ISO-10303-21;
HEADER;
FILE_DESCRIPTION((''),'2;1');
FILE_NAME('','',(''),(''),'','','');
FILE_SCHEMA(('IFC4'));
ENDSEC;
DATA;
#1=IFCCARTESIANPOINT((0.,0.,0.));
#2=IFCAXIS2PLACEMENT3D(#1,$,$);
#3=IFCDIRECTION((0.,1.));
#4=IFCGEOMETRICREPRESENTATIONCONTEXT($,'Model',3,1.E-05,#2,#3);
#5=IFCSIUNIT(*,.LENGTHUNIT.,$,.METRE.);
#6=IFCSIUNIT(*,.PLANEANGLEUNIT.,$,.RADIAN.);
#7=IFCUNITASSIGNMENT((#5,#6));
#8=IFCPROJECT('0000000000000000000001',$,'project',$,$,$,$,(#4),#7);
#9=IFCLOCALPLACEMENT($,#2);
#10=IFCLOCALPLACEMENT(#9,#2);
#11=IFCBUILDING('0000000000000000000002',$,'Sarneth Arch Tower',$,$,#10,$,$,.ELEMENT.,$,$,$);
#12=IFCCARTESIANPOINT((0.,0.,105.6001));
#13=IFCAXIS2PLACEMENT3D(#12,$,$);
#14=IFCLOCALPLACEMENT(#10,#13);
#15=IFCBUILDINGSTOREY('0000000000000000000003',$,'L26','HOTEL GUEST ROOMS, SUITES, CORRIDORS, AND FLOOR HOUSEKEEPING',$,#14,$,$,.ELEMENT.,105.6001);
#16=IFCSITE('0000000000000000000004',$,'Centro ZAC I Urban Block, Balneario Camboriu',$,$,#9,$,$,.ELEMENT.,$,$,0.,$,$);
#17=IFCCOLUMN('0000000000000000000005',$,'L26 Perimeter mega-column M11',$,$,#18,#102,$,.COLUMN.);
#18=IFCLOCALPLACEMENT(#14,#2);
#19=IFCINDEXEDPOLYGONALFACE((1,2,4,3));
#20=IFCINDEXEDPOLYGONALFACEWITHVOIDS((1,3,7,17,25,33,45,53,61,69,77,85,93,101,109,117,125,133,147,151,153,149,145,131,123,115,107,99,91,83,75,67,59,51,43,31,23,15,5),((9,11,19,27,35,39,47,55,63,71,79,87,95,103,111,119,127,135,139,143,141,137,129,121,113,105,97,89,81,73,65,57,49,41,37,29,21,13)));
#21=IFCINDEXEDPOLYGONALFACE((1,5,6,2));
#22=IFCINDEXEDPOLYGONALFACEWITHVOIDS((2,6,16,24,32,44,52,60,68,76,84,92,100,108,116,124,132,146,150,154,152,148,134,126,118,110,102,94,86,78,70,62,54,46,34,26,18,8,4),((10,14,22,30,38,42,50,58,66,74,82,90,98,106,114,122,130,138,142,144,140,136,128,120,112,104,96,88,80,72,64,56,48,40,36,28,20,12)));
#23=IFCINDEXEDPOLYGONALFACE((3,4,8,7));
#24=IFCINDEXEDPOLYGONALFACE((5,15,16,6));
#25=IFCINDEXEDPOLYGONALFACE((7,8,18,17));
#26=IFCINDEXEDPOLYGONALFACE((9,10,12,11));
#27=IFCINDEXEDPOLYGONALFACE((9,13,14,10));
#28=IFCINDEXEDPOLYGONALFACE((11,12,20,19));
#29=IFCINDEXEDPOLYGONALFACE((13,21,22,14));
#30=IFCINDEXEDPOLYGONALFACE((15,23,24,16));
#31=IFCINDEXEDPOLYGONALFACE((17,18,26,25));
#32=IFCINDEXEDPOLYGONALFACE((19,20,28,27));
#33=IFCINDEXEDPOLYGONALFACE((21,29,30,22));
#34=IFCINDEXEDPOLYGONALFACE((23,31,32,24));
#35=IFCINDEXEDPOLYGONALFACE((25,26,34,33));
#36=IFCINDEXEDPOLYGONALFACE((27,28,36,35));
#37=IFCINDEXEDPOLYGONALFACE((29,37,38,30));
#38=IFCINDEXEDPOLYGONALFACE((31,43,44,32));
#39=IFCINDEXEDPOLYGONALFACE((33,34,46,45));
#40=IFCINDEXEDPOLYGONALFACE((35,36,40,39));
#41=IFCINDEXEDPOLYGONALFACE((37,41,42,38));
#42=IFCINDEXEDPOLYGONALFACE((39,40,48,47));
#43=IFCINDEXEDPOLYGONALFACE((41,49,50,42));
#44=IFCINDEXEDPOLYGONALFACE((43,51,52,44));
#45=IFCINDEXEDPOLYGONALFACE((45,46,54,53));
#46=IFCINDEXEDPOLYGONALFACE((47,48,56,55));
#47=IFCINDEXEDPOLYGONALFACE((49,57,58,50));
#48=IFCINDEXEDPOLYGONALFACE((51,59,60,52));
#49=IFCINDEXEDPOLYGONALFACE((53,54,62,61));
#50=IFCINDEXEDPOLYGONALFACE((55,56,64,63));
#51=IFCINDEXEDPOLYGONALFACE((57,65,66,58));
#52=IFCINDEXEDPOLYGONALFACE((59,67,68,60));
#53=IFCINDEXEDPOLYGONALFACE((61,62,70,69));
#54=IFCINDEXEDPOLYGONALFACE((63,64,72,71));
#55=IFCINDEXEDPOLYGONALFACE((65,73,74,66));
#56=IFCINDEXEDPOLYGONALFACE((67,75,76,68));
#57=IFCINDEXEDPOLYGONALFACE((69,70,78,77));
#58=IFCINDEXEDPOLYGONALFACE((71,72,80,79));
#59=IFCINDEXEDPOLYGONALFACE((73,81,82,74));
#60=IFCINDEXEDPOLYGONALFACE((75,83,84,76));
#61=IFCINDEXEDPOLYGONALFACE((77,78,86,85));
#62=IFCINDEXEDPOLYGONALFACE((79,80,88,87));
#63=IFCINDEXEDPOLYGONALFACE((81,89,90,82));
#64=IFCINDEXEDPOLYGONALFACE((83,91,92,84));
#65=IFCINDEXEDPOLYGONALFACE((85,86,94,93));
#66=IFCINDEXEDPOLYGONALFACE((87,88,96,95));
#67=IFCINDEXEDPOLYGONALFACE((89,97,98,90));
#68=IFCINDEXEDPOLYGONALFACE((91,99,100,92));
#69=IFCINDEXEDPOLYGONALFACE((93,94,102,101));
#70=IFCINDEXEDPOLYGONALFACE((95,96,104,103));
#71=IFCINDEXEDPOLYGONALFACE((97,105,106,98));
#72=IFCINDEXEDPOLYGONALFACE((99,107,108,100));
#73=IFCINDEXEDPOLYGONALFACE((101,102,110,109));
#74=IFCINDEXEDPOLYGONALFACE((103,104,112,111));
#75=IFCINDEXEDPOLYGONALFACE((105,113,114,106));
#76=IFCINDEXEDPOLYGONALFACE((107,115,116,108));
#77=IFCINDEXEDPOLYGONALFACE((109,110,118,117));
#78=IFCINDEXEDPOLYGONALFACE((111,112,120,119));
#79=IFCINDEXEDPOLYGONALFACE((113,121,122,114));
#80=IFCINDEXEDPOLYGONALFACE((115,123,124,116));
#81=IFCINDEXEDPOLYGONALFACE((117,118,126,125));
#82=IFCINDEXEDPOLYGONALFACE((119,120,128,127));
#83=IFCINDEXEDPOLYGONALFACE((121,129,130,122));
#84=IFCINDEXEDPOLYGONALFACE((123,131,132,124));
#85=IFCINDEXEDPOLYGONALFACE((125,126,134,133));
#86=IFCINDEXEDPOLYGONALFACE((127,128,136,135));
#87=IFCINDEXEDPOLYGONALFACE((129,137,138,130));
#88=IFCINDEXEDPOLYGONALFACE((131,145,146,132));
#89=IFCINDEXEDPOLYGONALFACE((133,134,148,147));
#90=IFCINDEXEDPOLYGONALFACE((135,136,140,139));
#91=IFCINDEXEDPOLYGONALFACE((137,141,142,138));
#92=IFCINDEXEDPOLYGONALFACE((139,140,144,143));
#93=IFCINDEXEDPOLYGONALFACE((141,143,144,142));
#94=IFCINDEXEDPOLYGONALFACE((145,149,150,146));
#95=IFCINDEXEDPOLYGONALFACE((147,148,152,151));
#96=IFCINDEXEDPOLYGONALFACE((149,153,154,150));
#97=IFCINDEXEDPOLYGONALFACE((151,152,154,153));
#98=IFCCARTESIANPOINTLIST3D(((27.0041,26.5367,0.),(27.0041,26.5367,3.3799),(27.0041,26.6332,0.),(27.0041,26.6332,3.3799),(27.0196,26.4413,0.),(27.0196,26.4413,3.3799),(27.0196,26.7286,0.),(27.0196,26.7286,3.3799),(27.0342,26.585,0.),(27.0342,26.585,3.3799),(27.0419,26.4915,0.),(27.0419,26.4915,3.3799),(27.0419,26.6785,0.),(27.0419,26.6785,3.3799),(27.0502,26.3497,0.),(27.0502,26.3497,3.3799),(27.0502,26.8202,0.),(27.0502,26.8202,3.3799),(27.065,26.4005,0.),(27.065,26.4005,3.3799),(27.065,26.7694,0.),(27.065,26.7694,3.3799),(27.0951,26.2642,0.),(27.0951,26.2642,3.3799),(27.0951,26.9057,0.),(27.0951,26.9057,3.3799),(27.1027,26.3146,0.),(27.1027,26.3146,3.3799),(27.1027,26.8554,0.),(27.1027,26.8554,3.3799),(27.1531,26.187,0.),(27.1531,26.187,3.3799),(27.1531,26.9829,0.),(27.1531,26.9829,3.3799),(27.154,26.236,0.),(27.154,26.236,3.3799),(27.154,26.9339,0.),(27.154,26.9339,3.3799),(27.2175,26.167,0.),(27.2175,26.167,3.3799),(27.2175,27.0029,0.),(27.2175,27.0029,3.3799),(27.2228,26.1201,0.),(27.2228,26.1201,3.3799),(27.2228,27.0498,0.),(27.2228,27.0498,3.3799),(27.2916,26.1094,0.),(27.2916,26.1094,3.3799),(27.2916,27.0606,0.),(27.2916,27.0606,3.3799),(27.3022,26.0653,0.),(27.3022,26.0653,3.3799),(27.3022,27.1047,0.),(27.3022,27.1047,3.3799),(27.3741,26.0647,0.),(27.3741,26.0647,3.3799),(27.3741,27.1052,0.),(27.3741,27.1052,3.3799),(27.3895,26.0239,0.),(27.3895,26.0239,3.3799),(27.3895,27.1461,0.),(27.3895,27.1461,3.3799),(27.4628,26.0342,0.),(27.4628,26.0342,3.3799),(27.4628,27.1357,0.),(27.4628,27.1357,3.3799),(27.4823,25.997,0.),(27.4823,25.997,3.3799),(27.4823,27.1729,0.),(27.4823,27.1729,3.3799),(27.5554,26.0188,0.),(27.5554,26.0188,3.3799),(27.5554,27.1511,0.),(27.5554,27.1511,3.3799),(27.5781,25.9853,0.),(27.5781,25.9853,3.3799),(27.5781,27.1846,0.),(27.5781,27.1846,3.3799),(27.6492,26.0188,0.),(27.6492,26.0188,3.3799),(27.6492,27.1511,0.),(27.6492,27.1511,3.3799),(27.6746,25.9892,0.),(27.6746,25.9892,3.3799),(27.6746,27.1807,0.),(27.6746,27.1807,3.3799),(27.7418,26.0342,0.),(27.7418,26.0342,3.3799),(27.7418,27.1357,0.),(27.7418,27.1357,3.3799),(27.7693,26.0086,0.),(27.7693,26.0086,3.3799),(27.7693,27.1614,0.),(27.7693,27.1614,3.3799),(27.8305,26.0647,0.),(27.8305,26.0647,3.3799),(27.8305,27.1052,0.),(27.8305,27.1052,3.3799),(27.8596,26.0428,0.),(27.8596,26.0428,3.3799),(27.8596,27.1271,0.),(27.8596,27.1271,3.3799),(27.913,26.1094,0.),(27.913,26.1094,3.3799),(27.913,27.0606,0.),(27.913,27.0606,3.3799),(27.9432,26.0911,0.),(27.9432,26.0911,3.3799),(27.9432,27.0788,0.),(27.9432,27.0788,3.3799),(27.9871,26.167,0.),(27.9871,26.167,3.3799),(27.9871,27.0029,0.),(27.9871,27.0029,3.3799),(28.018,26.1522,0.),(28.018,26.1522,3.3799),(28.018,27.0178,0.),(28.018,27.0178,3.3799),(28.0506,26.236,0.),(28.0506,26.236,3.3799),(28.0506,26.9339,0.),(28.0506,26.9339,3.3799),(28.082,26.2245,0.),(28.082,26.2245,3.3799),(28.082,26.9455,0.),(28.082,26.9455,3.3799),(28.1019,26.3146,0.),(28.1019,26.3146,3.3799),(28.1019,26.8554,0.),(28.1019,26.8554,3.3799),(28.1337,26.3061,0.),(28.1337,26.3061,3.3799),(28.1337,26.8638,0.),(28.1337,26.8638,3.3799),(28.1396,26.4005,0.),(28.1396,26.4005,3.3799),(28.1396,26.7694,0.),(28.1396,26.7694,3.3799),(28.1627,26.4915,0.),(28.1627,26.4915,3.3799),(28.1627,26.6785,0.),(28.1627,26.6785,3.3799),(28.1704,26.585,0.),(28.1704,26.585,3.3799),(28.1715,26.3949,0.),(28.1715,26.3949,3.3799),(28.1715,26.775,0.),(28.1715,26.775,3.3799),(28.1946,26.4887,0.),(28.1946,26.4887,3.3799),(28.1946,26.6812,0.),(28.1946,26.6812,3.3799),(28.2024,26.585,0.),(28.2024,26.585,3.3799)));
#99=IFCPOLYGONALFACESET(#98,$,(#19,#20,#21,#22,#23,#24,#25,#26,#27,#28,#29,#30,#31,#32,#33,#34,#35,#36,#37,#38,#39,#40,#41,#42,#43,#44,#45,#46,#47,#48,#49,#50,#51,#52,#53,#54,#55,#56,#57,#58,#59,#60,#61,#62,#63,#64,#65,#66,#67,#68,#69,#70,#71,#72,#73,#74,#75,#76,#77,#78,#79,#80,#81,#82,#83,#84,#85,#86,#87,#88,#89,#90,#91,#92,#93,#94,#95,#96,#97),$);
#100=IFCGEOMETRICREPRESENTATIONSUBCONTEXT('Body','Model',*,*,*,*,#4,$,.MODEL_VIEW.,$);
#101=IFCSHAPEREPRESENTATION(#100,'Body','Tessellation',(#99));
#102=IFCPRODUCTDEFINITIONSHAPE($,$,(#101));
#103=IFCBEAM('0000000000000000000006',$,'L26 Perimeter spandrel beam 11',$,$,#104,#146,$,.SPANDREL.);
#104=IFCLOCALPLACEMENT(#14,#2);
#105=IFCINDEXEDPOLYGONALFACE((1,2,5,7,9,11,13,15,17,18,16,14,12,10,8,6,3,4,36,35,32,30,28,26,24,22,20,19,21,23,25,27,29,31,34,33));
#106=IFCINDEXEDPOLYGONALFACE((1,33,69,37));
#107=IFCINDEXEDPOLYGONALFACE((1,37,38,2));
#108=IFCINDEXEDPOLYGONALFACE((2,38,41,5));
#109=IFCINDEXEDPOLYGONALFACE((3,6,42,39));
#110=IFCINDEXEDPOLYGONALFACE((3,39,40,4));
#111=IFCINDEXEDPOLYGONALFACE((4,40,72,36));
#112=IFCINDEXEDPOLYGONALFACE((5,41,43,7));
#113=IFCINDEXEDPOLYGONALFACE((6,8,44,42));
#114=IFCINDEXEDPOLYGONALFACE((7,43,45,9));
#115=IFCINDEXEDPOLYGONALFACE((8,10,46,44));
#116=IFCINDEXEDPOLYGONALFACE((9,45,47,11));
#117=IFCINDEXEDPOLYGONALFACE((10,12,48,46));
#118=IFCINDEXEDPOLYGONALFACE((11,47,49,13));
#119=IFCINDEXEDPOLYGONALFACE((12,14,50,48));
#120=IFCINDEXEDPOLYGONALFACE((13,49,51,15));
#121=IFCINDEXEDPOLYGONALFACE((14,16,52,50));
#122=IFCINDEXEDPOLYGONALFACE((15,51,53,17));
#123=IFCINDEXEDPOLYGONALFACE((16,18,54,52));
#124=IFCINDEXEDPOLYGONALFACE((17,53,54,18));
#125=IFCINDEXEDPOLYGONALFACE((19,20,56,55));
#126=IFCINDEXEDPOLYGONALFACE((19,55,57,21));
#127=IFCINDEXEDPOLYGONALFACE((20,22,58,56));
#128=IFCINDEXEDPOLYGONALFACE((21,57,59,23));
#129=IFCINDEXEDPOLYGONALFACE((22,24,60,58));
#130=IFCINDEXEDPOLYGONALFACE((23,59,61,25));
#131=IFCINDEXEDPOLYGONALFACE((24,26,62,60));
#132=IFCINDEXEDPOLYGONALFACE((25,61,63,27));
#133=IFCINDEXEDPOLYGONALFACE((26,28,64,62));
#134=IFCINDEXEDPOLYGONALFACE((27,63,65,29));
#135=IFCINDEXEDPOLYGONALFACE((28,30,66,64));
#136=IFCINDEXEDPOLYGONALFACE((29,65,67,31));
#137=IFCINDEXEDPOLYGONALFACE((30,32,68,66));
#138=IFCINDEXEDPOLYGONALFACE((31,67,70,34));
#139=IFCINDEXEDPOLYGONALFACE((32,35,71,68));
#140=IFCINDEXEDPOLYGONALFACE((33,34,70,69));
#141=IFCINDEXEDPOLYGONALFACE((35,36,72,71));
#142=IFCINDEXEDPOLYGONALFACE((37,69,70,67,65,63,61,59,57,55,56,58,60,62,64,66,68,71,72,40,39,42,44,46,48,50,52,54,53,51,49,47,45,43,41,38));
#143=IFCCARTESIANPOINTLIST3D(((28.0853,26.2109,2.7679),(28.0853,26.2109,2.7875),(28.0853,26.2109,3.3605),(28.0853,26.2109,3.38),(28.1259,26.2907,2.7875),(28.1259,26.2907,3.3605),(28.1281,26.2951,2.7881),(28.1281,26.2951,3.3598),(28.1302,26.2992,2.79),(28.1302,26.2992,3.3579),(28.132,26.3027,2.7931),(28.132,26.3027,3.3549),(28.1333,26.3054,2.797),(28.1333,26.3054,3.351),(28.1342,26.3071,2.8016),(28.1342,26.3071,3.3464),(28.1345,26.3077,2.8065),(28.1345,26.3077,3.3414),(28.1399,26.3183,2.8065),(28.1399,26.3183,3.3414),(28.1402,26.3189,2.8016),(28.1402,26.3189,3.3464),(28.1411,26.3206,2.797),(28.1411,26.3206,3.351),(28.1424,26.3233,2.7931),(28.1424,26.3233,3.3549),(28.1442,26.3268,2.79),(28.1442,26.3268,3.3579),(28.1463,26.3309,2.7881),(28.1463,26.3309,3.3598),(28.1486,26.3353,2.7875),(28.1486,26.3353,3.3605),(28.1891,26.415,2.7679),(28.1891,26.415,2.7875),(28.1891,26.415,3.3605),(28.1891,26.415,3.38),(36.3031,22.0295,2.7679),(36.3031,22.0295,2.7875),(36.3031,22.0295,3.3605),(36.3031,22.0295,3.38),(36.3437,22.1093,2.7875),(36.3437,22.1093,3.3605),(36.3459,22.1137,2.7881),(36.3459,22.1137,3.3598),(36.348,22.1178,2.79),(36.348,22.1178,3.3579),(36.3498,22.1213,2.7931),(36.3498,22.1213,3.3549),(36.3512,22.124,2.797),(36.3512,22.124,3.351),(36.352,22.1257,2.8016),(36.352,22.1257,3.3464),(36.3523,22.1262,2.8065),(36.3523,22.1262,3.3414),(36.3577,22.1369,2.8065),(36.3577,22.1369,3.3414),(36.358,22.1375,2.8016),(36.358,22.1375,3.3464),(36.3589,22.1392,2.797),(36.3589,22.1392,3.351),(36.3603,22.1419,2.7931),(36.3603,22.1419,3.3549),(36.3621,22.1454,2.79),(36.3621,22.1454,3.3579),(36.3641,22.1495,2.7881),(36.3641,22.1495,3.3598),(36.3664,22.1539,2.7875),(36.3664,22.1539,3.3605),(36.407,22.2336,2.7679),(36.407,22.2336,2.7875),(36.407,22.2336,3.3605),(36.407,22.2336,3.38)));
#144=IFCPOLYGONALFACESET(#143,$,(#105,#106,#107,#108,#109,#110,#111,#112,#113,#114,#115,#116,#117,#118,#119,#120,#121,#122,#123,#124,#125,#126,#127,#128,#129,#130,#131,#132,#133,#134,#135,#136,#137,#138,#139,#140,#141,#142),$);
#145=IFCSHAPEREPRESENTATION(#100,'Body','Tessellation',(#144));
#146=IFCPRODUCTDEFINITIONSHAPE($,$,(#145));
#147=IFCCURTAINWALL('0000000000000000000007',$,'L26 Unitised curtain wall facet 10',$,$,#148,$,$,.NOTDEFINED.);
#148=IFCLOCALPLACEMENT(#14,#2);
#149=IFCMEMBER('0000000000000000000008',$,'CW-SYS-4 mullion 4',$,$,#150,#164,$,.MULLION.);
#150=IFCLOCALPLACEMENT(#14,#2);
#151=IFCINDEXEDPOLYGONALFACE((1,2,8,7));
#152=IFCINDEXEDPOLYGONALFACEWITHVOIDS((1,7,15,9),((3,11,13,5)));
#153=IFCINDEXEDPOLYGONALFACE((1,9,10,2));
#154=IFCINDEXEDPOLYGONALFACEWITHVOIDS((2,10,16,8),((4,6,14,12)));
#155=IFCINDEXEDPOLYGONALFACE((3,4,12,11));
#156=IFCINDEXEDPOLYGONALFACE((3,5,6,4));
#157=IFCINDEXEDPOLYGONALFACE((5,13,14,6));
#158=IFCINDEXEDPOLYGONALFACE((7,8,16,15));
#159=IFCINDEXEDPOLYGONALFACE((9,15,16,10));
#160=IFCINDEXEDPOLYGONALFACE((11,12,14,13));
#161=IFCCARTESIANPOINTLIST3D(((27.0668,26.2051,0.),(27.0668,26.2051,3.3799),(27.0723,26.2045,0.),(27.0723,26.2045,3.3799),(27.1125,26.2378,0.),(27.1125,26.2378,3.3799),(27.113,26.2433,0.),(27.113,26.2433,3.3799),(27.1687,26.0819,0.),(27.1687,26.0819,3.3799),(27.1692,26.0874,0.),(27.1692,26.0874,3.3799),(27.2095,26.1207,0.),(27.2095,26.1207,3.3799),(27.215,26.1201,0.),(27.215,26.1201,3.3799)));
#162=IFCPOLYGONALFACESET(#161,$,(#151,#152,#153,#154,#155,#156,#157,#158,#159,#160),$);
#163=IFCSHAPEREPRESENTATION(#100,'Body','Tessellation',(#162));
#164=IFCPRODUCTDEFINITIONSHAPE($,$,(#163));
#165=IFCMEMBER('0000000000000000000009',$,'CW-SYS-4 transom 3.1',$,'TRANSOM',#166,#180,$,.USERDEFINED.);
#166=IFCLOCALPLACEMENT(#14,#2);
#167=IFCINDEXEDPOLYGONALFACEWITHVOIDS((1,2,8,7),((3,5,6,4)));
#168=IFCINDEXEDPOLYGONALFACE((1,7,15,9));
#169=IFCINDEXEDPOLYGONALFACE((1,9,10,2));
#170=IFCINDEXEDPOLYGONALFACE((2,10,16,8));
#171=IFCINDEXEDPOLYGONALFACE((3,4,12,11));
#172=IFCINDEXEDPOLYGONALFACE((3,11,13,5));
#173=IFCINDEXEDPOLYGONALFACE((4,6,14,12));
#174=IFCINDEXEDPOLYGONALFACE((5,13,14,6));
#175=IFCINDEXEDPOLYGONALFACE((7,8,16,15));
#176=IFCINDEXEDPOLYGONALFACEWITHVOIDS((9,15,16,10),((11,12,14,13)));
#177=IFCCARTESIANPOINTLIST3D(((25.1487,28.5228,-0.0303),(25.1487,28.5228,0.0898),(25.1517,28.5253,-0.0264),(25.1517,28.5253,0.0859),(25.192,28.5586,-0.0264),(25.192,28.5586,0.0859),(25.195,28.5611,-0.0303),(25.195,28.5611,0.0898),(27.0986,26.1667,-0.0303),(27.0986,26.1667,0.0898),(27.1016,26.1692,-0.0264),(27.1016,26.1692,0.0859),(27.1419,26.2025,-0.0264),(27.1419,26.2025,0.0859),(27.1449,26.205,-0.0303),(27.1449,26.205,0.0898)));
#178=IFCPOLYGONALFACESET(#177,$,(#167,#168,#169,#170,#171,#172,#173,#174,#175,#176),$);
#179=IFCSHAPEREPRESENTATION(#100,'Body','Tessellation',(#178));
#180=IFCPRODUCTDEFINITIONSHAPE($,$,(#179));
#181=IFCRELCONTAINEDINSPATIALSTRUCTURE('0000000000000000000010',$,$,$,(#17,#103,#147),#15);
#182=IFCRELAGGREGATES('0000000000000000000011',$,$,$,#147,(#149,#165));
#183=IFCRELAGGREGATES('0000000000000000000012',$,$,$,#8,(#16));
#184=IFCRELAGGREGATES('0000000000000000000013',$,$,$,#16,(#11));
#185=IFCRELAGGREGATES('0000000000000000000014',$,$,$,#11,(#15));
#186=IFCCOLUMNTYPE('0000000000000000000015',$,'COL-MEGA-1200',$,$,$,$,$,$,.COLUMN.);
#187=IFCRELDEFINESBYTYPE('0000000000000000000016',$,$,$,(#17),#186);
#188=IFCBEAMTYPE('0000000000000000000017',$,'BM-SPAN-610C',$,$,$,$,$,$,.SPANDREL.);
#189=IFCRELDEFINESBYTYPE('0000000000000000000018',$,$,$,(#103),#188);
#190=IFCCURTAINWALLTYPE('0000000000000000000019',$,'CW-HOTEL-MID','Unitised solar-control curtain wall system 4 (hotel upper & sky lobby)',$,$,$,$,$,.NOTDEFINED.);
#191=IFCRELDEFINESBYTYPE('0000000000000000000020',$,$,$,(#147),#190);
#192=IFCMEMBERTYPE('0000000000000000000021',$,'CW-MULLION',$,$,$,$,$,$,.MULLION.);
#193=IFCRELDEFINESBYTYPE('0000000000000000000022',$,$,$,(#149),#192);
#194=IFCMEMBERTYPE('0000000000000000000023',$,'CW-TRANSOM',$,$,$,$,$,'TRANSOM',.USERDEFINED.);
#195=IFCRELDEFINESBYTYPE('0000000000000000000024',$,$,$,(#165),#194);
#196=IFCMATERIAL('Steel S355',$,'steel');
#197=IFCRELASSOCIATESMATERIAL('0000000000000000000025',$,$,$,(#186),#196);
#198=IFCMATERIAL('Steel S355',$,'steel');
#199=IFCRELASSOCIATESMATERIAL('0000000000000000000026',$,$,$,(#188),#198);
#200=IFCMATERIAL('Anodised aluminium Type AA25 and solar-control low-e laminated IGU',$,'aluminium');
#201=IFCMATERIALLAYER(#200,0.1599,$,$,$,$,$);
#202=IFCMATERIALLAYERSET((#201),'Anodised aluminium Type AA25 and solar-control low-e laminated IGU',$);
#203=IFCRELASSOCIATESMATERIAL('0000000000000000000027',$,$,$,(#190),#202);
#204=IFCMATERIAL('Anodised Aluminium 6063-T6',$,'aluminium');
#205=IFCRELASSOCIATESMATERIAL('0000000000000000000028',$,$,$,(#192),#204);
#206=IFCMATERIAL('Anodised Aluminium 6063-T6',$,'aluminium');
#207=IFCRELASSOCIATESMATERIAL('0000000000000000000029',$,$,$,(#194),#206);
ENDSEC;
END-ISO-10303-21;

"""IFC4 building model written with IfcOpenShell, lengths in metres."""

from ifc_helpers import new_model, si_unit, direction, frame, origin, origin_2d, place, context, subcontext, project, spatial, hollow_rectangle, hollow_circle, i_section, extrude, material, layer, layer_set, material_profile, profile_set, type_object, element, aggregate, save


model = new_model("IFC4")

# Units and contexts
model_context = context("Model", 3, precision=1e-05, world=origin(), true_north=direction((0.0, 1.0)))
body_context = subcontext(model_context, "Body", "Model", "MODEL_VIEW")
ifc_project = project(units=[si_unit("LENGTHUNIT", "METRE"), si_unit("PLANEANGLEUNIT", "RADIAN")], contexts=[model_context])

# Site, building, storey
site_placement = place(None, origin())
site = spatial("IfcSite", under=ifc_project, at=site_placement, Name="Centro ZAC I Urban Block, Balneario Camboriu", CompositionType="ELEMENT", RefElevation=0.0)
building_placement = place(site_placement, origin())
building = spatial("IfcBuilding", under=site, at=building_placement, Name="Sarneth Arch Tower", CompositionType="ELEMENT")
storey_placement = place(building_placement, frame((0.0, 0.0, 105.6001)))
storey = spatial("IfcBuildingStorey", under=building, at=storey_placement, Name="L26", Description="HOTEL GUEST ROOMS, SUITES, CORRIDORS, AND FLOOR HOUSEKEEPING", CompositionType="ELEMENT", Elevation=105.6001)

# Column
ifc_material_1 = material(Name="Steel S355", Category="steel")
ifc_material_profile_1 = material_profile(ifc_material_1, hollow_circle(Radius=0.6001, WallThickness=0.032, at=origin_2d()), Name="CHS1200x32")
ifc_profile_set_1 = profile_set([ifc_material_profile_1], Name="Steel S355")
column_type = type_object("IfcColumnType", Name="COL-MEGA-1200", PredefinedType="COLUMN", material=ifc_profile_set_1)
column_placement = place(storey_placement, frame((27.6023, 26.585, 0.0), z_axis=(0.0, 0.0, 1.0), x_axis=(1.0, 0.0, 0.0)))
element("IfcColumn", 1, at=column_placement, inside=storey, type_object=column_type, Name="L26 Perimeter mega-column M11", PredefinedType="COLUMN", context=body_context, shape_type="SweptSolid", body=[
    extrude(hollow_circle(Radius=0.6001, WallThickness=0.032, at=origin_2d()), origin(), (0.0, 0.0, 1.0), 3.3799),
])

# Beam
ifc_material_2 = material(Name="Steel S355", Category="steel")
ifc_material_profile_2 = material_profile(ifc_material_2, i_section(OverallWidth=0.229, OverallDepth=0.6121, WebThickness=0.012, FlangeThickness=0.0195, FilletRadius=0.019, at=origin_2d()), Name="W610x125")
ifc_profile_set_2 = profile_set([ifc_material_profile_2], Name="Steel S355")
beam_type = type_object("IfcBeamType", Name="BM-SPAN-610C", PredefinedType="SPANDREL", material=ifc_profile_set_2)
beam_placement = place(storey_placement, frame((28.1372, 26.313, 3.074), z_axis=(0.891259, -0.453494, 0.0), x_axis=(0.453494, 0.891259, 0.0)))
element("IfcBeam", 2, at=beam_placement, inside=storey, type_object=beam_type, Name="L26 Perimeter spandrel beam 11", PredefinedType="SPANDREL", context=body_context, shape_type="SweptSolid", body=[
    extrude(i_section(OverallWidth=0.229, OverallDepth=0.6121, WebThickness=0.012, FlangeThickness=0.0195, FilletRadius=0.019, at=origin_2d()), origin(), (0.0, 0.0, 1.0), 9.2205),
])

# Curtain wall, members
ifc_material_3 = material(Name="Anodised aluminium Type AA25 and solar-control low-e laminated IGU", Category="aluminium")
ifc_layer_1 = layer(ifc_material_3, 0.1599)
ifc_layer_set_1 = layer_set([ifc_layer_1], Name="Anodised aluminium Type AA25 and solar-control low-e laminated IGU")
curtain_wall_type = type_object("IfcCurtainWallType", Name="CW-HOTEL-MID", Description="Unitised solar-control curtain wall system 4 (hotel upper & sky lobby)", PredefinedType="NOTDEFINED", material=ifc_layer_set_1)
curtain_wall_placement = place(storey_placement, origin())
curtain_wall = element("IfcCurtainWall", 3, at=curtain_wall_placement, inside=storey, type_object=curtain_wall_type, Name="L26 Unitised curtain wall facet 10", PredefinedType="NOTDEFINED")
ifc_material_4 = material(Name="Anodised Aluminium 6063-T6", Category="aluminium")
ifc_material_profile_3 = material_profile(ifc_material_4, hollow_rectangle(XDim=0.0601, YDim=0.1599, WallThickness=0.0039, at=origin_2d()), Name="AL-MULL-160x60x4")
ifc_profile_set_3 = profile_set([ifc_material_profile_3], Name="Anodised Aluminium 6063-T6")
member_type_1 = type_object("IfcMemberType", Name="CW-MULLION", PredefinedType="MULLION", material=ifc_profile_set_3)
member_1_placement = place(storey_placement, frame((27.1409, 26.1626, 0.0), z_axis=(0.0, 0.0, 1.0), x_axis=(0.770438, 0.637515, 0.0)))
member_1 = element("IfcMember", 4, at=member_1_placement, type_object=member_type_1, Name="CW-SYS-4 mullion 4", PredefinedType="MULLION", context=body_context, shape_type="SweptSolid", body=[
    extrude(hollow_rectangle(XDim=0.0601, YDim=0.1599, WallThickness=0.0039, at=origin_2d()), origin(), (0.0, 0.0, 1.0), 3.3799),
])
ifc_material_5 = material(Name="Anodised Aluminium 6063-T6", Category="aluminium")
ifc_material_profile_4 = material_profile(ifc_material_5, hollow_rectangle(XDim=0.0601, YDim=0.1201, WallThickness=0.0039, at=origin_2d()), Name="AL-TRAN-120x60x4")
ifc_profile_set_4 = profile_set([ifc_material_profile_4], Name="Anodised Aluminium 6063-T6")
member_type_2 = type_object("IfcMemberType", Name="CW-TRANSOM", ElementType="TRANSOM", PredefinedType="USERDEFINED", material=ifc_profile_set_4)
member_2_placement = place(storey_placement, frame((25.1719, 28.542, 0.0298), z_axis=(0.637566, -0.770396, 0.0), x_axis=(0.770396, 0.637566, 0.0)))
member_2 = element("IfcMember", 5, at=member_2_placement, type_object=member_type_2, Name="CW-SYS-4 transom 3.1", ObjectType="TRANSOM", PredefinedType="USERDEFINED", context=body_context, shape_type="SweptSolid", body=[
    extrude(hollow_rectangle(XDim=0.0601, YDim=0.1201, WallThickness=0.0039, at=origin_2d()), origin(), (0.0, 0.0, 1.0), 3.0583),
])

aggregate(curtain_wall, [member_1, member_2])

save(model, "model.ifc")
